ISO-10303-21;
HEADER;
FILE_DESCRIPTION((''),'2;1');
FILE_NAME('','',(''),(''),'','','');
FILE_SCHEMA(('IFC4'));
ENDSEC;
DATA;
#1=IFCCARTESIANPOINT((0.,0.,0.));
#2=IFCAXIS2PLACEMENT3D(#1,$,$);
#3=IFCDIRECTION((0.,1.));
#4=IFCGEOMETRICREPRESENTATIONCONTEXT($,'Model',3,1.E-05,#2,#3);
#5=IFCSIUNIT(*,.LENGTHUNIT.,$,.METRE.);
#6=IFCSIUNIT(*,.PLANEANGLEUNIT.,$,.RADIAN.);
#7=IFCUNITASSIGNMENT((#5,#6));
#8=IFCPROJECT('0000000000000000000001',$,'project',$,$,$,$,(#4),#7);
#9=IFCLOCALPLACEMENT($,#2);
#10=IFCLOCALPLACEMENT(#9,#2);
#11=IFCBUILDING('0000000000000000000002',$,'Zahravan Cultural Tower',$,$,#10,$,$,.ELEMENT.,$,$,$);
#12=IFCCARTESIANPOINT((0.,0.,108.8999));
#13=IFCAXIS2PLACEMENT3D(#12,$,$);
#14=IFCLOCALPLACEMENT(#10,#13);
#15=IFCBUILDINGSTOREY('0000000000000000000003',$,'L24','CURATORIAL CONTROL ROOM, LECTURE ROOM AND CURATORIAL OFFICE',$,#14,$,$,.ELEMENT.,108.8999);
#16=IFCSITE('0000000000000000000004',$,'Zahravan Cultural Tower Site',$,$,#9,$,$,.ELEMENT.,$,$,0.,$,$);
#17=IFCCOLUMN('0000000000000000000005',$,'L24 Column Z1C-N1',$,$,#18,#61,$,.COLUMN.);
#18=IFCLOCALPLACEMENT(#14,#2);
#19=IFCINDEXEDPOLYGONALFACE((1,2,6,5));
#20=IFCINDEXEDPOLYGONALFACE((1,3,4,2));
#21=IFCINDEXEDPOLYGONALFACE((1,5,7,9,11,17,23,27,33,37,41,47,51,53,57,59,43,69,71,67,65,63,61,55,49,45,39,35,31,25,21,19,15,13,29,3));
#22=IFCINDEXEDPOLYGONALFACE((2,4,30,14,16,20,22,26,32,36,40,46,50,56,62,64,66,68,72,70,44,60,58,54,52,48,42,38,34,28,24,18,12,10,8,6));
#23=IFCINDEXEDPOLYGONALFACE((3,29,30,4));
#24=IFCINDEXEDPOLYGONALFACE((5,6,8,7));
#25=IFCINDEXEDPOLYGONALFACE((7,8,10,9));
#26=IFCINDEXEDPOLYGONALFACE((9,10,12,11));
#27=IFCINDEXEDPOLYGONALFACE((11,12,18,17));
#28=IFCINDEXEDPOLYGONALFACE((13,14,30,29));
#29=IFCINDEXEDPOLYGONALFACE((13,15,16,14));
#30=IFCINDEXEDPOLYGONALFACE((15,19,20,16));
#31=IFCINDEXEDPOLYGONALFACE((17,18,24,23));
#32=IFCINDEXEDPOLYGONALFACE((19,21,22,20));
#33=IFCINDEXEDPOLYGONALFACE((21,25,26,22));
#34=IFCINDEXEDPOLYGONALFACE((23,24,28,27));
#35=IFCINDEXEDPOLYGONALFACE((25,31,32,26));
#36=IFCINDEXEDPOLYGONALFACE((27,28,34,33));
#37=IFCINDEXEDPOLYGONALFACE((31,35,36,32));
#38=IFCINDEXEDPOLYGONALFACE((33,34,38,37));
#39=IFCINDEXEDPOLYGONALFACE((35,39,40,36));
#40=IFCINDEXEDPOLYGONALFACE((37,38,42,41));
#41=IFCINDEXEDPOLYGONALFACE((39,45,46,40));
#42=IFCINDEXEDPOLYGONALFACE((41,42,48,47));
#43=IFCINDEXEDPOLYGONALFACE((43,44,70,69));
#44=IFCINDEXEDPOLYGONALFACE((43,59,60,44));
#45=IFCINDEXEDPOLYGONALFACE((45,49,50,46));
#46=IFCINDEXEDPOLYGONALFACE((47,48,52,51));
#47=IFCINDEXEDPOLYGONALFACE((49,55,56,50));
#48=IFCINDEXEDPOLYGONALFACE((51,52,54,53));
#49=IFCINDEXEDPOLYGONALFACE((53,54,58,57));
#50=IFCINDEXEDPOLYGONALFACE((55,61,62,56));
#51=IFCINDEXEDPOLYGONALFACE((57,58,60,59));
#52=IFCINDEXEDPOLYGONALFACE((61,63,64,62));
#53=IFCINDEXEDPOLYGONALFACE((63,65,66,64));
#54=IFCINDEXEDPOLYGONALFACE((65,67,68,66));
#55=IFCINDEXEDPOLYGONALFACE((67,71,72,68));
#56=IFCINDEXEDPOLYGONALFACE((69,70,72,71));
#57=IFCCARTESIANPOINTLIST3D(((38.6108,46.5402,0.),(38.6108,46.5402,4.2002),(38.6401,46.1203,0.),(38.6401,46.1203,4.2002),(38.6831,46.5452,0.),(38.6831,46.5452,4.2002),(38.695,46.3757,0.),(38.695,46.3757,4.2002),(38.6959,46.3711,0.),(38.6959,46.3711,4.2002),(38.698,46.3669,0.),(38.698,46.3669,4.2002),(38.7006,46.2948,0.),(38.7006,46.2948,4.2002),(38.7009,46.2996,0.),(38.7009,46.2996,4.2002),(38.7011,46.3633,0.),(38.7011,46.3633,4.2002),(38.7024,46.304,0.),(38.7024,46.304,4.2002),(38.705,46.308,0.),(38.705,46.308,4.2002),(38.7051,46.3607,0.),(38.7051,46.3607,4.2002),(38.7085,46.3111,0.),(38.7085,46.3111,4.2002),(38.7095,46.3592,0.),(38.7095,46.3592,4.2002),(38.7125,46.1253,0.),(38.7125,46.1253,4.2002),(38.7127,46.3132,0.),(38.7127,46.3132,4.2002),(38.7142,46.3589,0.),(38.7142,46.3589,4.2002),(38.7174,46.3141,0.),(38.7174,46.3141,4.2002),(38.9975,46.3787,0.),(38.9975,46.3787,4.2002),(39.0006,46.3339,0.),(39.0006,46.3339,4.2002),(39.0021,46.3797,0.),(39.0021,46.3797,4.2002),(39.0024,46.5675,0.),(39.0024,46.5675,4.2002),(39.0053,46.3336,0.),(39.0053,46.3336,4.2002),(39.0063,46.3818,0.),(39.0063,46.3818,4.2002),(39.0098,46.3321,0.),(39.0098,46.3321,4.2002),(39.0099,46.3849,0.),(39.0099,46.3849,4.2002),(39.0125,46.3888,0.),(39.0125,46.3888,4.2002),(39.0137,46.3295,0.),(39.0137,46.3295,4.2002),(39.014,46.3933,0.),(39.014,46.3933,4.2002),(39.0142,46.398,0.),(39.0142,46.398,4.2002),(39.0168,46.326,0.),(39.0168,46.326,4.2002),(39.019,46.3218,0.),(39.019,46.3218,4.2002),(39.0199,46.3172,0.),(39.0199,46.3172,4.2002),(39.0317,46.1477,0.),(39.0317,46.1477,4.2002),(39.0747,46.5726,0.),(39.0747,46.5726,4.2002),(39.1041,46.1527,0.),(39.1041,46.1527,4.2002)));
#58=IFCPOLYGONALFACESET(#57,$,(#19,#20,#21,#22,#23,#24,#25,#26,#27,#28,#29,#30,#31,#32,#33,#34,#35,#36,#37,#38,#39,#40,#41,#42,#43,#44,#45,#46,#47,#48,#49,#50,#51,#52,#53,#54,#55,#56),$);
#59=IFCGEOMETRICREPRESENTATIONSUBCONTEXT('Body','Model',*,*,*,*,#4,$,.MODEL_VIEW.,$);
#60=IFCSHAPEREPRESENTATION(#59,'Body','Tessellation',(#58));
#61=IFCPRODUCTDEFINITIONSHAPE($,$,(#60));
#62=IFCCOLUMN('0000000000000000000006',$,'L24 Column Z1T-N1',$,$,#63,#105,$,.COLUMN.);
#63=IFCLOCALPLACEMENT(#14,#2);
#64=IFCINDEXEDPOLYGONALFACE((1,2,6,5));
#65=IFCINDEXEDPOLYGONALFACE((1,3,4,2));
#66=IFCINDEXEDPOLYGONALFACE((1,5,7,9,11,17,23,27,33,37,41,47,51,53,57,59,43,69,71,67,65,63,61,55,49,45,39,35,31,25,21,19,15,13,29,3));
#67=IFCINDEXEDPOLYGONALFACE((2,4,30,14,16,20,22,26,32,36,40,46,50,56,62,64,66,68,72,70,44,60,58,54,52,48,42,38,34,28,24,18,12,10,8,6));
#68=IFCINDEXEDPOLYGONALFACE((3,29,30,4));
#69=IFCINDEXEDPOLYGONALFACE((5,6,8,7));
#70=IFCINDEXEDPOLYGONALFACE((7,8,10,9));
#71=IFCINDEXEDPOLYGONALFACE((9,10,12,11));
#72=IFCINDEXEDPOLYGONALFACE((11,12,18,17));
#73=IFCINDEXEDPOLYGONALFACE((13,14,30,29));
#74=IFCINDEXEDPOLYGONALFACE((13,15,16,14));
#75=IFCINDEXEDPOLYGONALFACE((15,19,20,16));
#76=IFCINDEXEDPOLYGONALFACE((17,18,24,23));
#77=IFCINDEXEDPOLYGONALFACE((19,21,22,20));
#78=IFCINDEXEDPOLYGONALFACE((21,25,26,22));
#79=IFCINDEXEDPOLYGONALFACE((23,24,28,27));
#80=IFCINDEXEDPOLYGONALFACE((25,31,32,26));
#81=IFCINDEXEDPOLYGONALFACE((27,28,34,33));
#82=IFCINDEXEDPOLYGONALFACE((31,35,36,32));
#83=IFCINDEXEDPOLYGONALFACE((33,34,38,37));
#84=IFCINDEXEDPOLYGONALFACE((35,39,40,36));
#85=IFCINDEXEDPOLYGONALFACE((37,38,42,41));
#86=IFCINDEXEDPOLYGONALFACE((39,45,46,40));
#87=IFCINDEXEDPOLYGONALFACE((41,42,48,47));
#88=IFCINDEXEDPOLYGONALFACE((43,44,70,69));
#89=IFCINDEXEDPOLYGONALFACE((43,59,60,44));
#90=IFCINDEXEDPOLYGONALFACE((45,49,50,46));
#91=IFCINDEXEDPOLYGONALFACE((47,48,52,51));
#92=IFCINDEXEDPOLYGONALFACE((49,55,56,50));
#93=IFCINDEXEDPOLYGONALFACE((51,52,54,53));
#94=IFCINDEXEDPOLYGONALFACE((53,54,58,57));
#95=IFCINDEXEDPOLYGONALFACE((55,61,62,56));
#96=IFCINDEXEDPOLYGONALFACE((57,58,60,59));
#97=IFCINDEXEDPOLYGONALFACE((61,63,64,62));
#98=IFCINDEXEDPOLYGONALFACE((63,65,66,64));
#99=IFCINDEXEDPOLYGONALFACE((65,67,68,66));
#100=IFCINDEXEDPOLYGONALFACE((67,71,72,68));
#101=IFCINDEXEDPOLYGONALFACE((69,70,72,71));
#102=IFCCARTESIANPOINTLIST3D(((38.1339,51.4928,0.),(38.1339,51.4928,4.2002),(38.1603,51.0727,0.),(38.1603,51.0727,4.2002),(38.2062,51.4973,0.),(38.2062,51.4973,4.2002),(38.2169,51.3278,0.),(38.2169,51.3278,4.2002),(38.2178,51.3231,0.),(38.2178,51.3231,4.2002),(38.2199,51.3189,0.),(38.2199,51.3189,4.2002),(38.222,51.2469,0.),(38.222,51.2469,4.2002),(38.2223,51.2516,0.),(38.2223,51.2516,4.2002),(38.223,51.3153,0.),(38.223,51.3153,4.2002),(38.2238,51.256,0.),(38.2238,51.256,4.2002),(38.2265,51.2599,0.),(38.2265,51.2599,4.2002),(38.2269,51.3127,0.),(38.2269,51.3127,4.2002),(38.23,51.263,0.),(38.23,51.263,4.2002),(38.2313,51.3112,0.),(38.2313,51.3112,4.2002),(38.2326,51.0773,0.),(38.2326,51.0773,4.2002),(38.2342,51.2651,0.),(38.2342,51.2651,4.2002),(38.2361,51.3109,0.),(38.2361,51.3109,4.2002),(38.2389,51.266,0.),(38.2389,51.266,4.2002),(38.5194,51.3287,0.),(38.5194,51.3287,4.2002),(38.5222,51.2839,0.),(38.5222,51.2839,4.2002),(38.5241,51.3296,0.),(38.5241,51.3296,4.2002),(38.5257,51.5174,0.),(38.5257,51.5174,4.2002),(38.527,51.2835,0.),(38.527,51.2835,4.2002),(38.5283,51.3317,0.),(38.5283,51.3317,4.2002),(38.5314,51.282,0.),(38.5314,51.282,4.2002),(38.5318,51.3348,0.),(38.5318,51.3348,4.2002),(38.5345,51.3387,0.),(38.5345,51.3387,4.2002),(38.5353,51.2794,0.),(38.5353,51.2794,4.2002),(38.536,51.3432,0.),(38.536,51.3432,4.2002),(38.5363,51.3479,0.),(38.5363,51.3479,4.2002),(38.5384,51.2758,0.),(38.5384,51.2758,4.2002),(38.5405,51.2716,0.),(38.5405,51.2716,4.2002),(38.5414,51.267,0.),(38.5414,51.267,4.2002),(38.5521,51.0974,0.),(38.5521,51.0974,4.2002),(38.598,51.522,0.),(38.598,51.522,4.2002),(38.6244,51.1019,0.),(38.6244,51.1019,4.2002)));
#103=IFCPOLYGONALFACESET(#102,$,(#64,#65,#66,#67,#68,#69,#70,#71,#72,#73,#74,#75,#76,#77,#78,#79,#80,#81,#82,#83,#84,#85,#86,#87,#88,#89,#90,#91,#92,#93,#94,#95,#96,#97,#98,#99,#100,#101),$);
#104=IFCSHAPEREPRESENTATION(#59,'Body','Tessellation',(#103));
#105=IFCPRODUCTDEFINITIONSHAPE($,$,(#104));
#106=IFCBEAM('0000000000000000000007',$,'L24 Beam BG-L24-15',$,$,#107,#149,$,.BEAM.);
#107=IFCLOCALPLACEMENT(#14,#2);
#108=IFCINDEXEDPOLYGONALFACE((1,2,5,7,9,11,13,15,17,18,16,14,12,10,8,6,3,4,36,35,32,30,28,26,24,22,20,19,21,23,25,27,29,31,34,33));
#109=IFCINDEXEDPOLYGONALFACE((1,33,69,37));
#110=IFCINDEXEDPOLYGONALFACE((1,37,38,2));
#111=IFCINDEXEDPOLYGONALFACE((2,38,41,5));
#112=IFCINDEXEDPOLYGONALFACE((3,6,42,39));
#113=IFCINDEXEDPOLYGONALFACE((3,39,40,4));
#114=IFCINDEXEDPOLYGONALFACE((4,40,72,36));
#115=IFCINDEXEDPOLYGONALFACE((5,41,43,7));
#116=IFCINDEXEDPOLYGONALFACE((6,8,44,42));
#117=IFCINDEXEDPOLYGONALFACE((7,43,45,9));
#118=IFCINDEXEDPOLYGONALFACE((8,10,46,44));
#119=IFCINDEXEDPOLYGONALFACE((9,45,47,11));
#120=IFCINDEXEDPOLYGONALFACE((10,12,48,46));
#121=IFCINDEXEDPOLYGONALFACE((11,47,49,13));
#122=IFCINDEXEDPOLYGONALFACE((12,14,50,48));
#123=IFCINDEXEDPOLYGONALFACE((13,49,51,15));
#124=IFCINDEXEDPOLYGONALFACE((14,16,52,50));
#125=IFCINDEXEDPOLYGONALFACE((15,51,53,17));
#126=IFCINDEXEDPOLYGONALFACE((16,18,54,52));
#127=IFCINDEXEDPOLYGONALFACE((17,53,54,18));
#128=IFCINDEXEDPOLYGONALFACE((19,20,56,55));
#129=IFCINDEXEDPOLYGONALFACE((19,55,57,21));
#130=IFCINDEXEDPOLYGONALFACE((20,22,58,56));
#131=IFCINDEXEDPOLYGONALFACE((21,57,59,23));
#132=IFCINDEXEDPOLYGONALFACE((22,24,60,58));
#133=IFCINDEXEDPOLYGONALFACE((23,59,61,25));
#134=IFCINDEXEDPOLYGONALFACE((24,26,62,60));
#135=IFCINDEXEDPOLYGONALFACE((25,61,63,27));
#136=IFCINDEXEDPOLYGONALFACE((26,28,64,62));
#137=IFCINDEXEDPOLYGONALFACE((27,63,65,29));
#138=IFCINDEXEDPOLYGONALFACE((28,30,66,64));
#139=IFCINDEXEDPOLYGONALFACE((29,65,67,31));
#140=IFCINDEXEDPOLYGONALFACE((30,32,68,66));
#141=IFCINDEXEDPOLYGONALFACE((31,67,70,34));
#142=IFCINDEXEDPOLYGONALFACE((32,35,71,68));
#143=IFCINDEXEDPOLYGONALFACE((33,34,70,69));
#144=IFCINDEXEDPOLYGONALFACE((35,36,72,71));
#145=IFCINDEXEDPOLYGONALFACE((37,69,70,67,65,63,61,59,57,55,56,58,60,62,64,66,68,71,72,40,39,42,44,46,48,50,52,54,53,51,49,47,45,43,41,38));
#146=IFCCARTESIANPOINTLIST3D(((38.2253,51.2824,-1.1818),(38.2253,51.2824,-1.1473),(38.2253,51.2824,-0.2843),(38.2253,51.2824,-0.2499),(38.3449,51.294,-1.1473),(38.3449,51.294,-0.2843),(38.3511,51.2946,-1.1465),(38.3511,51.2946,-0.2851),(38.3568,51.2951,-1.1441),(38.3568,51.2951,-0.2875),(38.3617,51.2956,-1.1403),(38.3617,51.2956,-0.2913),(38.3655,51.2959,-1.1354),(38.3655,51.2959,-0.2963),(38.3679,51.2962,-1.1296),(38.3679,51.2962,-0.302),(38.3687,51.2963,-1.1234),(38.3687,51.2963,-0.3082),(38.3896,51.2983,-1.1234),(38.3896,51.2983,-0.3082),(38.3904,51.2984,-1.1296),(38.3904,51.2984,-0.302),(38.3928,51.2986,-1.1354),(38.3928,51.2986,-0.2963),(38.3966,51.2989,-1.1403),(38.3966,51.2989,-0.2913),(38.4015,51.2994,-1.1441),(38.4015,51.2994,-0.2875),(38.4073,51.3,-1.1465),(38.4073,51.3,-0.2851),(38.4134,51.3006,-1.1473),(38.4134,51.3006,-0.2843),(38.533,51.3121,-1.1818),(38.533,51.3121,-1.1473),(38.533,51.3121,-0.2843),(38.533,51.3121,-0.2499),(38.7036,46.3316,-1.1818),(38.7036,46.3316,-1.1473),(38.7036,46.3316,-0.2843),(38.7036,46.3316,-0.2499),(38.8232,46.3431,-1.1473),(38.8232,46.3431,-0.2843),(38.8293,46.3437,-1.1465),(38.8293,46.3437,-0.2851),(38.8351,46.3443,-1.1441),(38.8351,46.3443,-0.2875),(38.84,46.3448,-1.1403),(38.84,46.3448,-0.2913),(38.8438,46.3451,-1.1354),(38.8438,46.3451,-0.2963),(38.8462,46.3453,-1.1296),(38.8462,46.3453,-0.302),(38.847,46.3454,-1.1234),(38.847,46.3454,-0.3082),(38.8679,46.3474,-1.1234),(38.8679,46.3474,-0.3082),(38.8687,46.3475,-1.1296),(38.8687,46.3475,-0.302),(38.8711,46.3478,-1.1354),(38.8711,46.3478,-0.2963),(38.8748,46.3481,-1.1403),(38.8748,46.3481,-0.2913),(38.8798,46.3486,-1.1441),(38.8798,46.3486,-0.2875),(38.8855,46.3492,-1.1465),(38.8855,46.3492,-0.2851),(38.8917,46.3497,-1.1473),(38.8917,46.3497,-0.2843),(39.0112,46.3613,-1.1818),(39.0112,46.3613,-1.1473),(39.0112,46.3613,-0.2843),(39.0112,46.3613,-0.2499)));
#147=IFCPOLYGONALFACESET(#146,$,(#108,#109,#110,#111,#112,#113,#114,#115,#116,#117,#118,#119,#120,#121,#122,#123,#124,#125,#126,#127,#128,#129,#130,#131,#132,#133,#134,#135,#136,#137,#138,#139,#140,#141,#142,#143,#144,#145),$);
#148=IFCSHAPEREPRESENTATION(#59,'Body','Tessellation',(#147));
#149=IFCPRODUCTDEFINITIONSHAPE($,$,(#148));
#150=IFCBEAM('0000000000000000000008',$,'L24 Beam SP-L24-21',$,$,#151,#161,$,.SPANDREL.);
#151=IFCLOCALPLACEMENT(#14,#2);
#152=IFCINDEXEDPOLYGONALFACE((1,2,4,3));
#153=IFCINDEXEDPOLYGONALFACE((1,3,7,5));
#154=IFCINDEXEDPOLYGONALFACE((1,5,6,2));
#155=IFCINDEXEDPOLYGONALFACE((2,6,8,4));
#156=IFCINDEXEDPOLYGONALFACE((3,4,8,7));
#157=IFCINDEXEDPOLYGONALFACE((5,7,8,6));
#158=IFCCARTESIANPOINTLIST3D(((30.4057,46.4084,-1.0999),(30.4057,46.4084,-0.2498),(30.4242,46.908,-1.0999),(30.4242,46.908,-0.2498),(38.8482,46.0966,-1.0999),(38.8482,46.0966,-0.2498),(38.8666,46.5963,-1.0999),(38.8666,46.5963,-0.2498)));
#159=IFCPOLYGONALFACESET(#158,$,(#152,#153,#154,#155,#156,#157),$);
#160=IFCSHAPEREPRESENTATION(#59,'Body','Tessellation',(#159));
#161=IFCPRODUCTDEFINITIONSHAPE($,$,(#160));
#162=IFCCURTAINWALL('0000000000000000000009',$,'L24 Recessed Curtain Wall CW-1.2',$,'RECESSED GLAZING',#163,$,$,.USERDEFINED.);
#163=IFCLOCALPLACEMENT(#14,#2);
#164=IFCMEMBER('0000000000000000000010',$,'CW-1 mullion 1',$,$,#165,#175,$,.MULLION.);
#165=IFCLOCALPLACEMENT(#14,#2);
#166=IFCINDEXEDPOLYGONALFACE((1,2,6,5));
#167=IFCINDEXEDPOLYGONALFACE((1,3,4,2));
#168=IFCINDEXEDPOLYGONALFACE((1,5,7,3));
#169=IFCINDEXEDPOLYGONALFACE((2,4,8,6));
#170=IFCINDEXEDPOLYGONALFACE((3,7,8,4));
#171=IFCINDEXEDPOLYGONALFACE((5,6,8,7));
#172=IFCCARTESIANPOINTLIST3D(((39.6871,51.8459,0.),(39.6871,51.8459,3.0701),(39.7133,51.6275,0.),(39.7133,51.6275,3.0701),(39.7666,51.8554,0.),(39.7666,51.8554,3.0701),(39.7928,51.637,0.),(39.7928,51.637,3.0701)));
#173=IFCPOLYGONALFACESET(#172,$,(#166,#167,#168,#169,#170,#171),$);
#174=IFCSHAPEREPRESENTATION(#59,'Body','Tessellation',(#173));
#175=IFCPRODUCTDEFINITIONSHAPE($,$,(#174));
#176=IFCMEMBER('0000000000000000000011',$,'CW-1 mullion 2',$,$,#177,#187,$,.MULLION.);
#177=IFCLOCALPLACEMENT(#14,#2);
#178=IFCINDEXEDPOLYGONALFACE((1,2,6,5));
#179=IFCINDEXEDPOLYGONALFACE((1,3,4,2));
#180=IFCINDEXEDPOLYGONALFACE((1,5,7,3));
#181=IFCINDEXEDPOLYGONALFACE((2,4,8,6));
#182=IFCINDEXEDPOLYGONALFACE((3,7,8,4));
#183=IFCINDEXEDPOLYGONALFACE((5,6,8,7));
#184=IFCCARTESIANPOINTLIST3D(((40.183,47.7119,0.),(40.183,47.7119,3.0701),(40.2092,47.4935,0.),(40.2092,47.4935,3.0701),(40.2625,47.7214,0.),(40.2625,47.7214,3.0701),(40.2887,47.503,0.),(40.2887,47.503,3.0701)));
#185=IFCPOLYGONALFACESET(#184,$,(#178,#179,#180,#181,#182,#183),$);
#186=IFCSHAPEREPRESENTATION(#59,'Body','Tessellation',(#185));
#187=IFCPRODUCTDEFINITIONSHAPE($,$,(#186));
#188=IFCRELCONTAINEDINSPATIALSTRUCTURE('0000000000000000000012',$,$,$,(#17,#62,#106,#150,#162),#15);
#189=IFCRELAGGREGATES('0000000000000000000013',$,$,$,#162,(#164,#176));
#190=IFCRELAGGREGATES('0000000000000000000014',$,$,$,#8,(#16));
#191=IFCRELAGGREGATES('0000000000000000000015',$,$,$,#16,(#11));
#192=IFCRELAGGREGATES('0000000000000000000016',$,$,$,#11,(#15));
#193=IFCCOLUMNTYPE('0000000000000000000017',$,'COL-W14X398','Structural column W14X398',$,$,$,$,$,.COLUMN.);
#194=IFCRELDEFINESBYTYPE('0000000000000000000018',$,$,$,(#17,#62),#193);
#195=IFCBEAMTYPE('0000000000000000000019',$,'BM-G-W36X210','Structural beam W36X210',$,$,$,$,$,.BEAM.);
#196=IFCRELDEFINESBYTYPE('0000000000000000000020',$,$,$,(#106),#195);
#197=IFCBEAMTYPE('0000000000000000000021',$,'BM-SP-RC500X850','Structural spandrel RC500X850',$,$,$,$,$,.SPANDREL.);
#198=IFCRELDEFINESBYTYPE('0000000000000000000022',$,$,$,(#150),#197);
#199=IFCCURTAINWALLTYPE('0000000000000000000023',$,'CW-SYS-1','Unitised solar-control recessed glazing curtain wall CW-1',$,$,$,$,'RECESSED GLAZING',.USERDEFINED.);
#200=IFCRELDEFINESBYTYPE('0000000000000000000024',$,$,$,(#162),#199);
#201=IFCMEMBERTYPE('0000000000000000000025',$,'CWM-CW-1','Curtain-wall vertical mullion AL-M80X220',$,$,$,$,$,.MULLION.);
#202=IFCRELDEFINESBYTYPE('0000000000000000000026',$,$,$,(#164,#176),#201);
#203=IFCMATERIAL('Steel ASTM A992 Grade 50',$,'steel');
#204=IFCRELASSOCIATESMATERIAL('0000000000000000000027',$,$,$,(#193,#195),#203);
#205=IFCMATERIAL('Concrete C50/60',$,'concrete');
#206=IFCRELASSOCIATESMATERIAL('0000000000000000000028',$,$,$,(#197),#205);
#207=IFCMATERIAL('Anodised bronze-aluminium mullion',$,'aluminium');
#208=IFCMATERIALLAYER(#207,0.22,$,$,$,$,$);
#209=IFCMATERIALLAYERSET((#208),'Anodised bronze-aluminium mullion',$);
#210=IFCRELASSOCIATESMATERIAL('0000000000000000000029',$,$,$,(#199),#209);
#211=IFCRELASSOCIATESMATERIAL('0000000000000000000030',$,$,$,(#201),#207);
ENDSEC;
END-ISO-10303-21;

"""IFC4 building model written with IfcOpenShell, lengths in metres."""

from ifc_helpers import new_model, si_unit, direction, frame, origin, origin_2d, place, context, subcontext, project, spatial, rectangle, i_section, extrude, source, transform, mapped, material, layer, layer_set, material_profile, profile_set, type_object, element, aggregate, save


model = new_model("IFC4")

# Units and contexts
model_context = context("Model", 3, precision=1e-05, world=origin(), true_north=direction((0.0, 1.0)))
body_context = subcontext(model_context, "Body", "Model", "MODEL_VIEW")
ifc_project = project(units=[si_unit("LENGTHUNIT", "METRE"), si_unit("PLANEANGLEUNIT", "RADIAN")], contexts=[model_context])

# Site, building, storey
site_placement = place(None, origin())
site = spatial("IfcSite", under=ifc_project, at=site_placement, Name="Zahravan Cultural Tower Site", CompositionType="ELEMENT", RefElevation=0.0)
building_placement = place(site_placement, origin())
building = spatial("IfcBuilding", under=site, at=building_placement, Name="Zahravan Cultural Tower", CompositionType="ELEMENT")
storey_placement = place(building_placement, frame((0.0, 0.0, 108.8999)))
storey = spatial("IfcBuildingStorey", under=building, at=storey_placement, Name="L24", Description="CURATORIAL CONTROL ROOM, LECTURE ROOM AND CURATORIAL OFFICE", CompositionType="ELEMENT", Elevation=108.8999)

# Columns
ifc_material_1 = material(Name="Steel ASTM A992 Grade 50", Category="steel")
ifc_material_profile_1 = material_profile(ifc_material_1, i_section(OverallWidth=0.4209, OverallDepth=0.4651, WebThickness=0.0449, FlangeThickness=0.0725, FilletRadius=0.0181, at=origin_2d()), Name="W14X398")
ifc_profile_set_1 = profile_set([ifc_material_profile_1], Name="Steel ASTM A992 Grade 50")
column_type = type_object("IfcColumnType", Name="COL-W14X398", Description="Structural column W14X398", PredefinedType="COLUMN", material=ifc_profile_set_1)
shared_shape_1 = source(origin(), body_context, "Body", "SweptSolid", [
    extrude(i_section(OverallWidth=0.4209, OverallDepth=0.4651, WebThickness=0.0449, FlangeThickness=0.0725, FilletRadius=0.0181, at=origin_2d()), origin(), (0.0, 0.0, 1.0), 4.2002),
])
for number, where, z_axis, x_axis, name in (
    (1, (38.8574, 46.3464, 0.0), (0.0, 0.0, 1.0), (-0.069756, 0.997564, 0.0), "L24 Column Z1C-N1"),
    (2, (38.3792, 51.2974, 0.0), (0.0, 0.0, 1.0), (-0.062791, 0.998027, 0.0), "L24 Column Z1T-N1"),
):
    element("IfcColumn", number, at=place(storey_placement, frame(where, z_axis=z_axis, x_axis=x_axis)), inside=storey, type_object=column_type, Name=name, PredefinedType="COLUMN", context=body_context, shape_type="MappedRepresentation", body=[
        mapped(shared_shape_1, transform((0.0, 0.0, 0.0), x_axis=(1.0, 0.0, 0.0), y_axis=(0.0, 1.0, 0.0), z_axis=(0.0, 0.0, 1.0), scale=1.0)),
    ])

# Beams
ifc_material_profile_2 = material_profile(ifc_material_1, i_section(OverallWidth=0.3091, OverallDepth=0.9319, WebThickness=0.021, FlangeThickness=0.0344, FilletRadius=0.0239, at=origin_2d()), Name="W36X210")
ifc_profile_set_2 = profile_set([ifc_material_profile_2], Name="Steel ASTM A992 Grade 50")
beam_type_1 = type_object("IfcBeamType", Name="BM-G-W36X210", Description="Structural beam W36X210", PredefinedType="BEAM", material=ifc_profile_set_2)
shared_shape_2 = source(origin(), body_context, "Body", "SweptSolid", [
    extrude(i_section(OverallWidth=0.3091, OverallDepth=0.9319, WebThickness=0.021, FlangeThickness=0.0344, FilletRadius=0.0239, at=origin_2d()), origin(), (0.0, 0.0, 1.0), 4.9739),
])
beam_1_placement = place(storey_placement, frame((38.8574, 46.3464, -0.7158), z_axis=(-0.096155, 0.995366, 0.0), x_axis=(-0.995366, -0.096155, 0.0)))
element("IfcBeam", 3, at=beam_1_placement, inside=storey, type_object=beam_type_1, Name="L24 Beam BG-L24-15", PredefinedType="BEAM", context=body_context, shape_type="MappedRepresentation", body=[
    mapped(shared_shape_2, transform((0.0, 0.0, 0.0), x_axis=(1.0, 0.0, 0.0), y_axis=(0.0, 1.0, 0.0), z_axis=(0.0, 0.0, 1.0), scale=1.0)),
])
ifc_material_2 = material(Name="Concrete C50/60", Category="concrete")
ifc_material_profile_3 = material_profile(ifc_material_2, rectangle(XDim=0.5, YDim=0.8501, at=origin_2d()), Name="RC500X850")
ifc_profile_set_3 = profile_set([ifc_material_profile_3], Name="Concrete C50/60")
beam_type_2 = type_object("IfcBeamType", Name="BM-SP-RC500X850", Description="Structural spandrel RC500X850", PredefinedType="SPANDREL", material=ifc_profile_set_3)
shared_shape_3 = source(origin(), body_context, "Body", "SweptSolid", [
    extrude(rectangle(XDim=0.5, YDim=0.8501, at=origin_2d()), origin(), (0.0, 0.0, 1.0), 8.4482),
])
beam_2_placement = place(storey_placement, frame((38.8574, 46.3464, -0.6748), z_axis=(-0.999319, 0.036904, 0.0), x_axis=(-0.036904, -0.999319, 0.0)))
element("IfcBeam", 4, at=beam_2_placement, inside=storey, type_object=beam_type_2, Name="L24 Beam SP-L24-21", PredefinedType="SPANDREL", context=body_context, shape_type="MappedRepresentation", body=[
    mapped(shared_shape_3, transform((0.0, 0.0, 0.0), x_axis=(1.0, 0.0, 0.0), y_axis=(0.0, 1.0, 0.0), z_axis=(0.0, 0.0, 1.0), scale=1.0)),
])

# Curtain wall, members
ifc_material_3 = material(Name="Anodised bronze-aluminium mullion", Category="aluminium")
ifc_layer_1 = layer(ifc_material_3, 0.22)
ifc_layer_set_1 = layer_set([ifc_layer_1], Name="Anodised bronze-aluminium mullion")
curtain_wall_type = type_object("IfcCurtainWallType", Name="CW-SYS-1", Description="Unitised solar-control recessed glazing curtain wall CW-1", ElementType="RECESSED GLAZING", PredefinedType="USERDEFINED", material=ifc_layer_set_1)
curtain_wall_placement = place(storey_placement, origin())
curtain_wall = element("IfcCurtainWall", 5, at=curtain_wall_placement, inside=storey, type_object=curtain_wall_type, Name="L24 Recessed Curtain Wall CW-1.2", ObjectType="RECESSED GLAZING", PredefinedType="USERDEFINED")
ifc_material_profile_4 = material_profile(ifc_material_3, rectangle(XDim=0.0801, YDim=0.22, at=origin_2d()), Name="AL-M80X220")
ifc_profile_set_4 = profile_set([ifc_material_profile_4], Name="Anodised bronze-aluminium mullion")
member_type_1 = type_object("IfcMemberType", Name="CWM-CW-1", Description="Curtain-wall vertical mullion AL-M80X220", PredefinedType="MULLION", material=ifc_profile_set_4)
shared_shape_4 = source(origin(), body_context, "Body", "SweptSolid", [
    extrude(rectangle(XDim=0.0801, YDim=0.22, at=origin_2d()), origin(), (0.0, 0.0, 1.0), 3.0701),
])
member_1_placement = place(storey_placement, frame((39.74, 51.7415, 0.0), z_axis=(0.0, 0.0, 1.0), x_axis=(0.992883, 0.119095, 0.0)))
member_1 = element("IfcMember", 6, at=member_1_placement, type_object=member_type_1, Name="CW-1 mullion 1", PredefinedType="MULLION", context=body_context, shape_type="MappedRepresentation", body=[
    mapped(shared_shape_4, transform((0.0, 0.0, 0.0), x_axis=(1.0, 0.0, 0.0), y_axis=(0.0, 1.0, 0.0), z_axis=(0.0, 0.0, 1.0), scale=1.0)),
])
member_2_placement = place(storey_placement, frame((40.2358, 47.6074, 0.0), z_axis=(0.0, 0.0, 1.0), x_axis=(0.992883, 0.119095, 0.0)))
member_2 = element("IfcMember", 7, at=member_2_placement, type_object=member_type_1, Name="CW-1 mullion 2", PredefinedType="MULLION", context=body_context, shape_type="MappedRepresentation", body=[
    mapped(shared_shape_4, transform((0.0, 0.0, 0.0), x_axis=(1.0, 0.0, 0.0), y_axis=(0.0, 1.0, 0.0), z_axis=(0.0, 0.0, 1.0), scale=1.0)),
])
aggregate(curtain_wall, [member_1, member_2])

save(model, "model.ifc")
